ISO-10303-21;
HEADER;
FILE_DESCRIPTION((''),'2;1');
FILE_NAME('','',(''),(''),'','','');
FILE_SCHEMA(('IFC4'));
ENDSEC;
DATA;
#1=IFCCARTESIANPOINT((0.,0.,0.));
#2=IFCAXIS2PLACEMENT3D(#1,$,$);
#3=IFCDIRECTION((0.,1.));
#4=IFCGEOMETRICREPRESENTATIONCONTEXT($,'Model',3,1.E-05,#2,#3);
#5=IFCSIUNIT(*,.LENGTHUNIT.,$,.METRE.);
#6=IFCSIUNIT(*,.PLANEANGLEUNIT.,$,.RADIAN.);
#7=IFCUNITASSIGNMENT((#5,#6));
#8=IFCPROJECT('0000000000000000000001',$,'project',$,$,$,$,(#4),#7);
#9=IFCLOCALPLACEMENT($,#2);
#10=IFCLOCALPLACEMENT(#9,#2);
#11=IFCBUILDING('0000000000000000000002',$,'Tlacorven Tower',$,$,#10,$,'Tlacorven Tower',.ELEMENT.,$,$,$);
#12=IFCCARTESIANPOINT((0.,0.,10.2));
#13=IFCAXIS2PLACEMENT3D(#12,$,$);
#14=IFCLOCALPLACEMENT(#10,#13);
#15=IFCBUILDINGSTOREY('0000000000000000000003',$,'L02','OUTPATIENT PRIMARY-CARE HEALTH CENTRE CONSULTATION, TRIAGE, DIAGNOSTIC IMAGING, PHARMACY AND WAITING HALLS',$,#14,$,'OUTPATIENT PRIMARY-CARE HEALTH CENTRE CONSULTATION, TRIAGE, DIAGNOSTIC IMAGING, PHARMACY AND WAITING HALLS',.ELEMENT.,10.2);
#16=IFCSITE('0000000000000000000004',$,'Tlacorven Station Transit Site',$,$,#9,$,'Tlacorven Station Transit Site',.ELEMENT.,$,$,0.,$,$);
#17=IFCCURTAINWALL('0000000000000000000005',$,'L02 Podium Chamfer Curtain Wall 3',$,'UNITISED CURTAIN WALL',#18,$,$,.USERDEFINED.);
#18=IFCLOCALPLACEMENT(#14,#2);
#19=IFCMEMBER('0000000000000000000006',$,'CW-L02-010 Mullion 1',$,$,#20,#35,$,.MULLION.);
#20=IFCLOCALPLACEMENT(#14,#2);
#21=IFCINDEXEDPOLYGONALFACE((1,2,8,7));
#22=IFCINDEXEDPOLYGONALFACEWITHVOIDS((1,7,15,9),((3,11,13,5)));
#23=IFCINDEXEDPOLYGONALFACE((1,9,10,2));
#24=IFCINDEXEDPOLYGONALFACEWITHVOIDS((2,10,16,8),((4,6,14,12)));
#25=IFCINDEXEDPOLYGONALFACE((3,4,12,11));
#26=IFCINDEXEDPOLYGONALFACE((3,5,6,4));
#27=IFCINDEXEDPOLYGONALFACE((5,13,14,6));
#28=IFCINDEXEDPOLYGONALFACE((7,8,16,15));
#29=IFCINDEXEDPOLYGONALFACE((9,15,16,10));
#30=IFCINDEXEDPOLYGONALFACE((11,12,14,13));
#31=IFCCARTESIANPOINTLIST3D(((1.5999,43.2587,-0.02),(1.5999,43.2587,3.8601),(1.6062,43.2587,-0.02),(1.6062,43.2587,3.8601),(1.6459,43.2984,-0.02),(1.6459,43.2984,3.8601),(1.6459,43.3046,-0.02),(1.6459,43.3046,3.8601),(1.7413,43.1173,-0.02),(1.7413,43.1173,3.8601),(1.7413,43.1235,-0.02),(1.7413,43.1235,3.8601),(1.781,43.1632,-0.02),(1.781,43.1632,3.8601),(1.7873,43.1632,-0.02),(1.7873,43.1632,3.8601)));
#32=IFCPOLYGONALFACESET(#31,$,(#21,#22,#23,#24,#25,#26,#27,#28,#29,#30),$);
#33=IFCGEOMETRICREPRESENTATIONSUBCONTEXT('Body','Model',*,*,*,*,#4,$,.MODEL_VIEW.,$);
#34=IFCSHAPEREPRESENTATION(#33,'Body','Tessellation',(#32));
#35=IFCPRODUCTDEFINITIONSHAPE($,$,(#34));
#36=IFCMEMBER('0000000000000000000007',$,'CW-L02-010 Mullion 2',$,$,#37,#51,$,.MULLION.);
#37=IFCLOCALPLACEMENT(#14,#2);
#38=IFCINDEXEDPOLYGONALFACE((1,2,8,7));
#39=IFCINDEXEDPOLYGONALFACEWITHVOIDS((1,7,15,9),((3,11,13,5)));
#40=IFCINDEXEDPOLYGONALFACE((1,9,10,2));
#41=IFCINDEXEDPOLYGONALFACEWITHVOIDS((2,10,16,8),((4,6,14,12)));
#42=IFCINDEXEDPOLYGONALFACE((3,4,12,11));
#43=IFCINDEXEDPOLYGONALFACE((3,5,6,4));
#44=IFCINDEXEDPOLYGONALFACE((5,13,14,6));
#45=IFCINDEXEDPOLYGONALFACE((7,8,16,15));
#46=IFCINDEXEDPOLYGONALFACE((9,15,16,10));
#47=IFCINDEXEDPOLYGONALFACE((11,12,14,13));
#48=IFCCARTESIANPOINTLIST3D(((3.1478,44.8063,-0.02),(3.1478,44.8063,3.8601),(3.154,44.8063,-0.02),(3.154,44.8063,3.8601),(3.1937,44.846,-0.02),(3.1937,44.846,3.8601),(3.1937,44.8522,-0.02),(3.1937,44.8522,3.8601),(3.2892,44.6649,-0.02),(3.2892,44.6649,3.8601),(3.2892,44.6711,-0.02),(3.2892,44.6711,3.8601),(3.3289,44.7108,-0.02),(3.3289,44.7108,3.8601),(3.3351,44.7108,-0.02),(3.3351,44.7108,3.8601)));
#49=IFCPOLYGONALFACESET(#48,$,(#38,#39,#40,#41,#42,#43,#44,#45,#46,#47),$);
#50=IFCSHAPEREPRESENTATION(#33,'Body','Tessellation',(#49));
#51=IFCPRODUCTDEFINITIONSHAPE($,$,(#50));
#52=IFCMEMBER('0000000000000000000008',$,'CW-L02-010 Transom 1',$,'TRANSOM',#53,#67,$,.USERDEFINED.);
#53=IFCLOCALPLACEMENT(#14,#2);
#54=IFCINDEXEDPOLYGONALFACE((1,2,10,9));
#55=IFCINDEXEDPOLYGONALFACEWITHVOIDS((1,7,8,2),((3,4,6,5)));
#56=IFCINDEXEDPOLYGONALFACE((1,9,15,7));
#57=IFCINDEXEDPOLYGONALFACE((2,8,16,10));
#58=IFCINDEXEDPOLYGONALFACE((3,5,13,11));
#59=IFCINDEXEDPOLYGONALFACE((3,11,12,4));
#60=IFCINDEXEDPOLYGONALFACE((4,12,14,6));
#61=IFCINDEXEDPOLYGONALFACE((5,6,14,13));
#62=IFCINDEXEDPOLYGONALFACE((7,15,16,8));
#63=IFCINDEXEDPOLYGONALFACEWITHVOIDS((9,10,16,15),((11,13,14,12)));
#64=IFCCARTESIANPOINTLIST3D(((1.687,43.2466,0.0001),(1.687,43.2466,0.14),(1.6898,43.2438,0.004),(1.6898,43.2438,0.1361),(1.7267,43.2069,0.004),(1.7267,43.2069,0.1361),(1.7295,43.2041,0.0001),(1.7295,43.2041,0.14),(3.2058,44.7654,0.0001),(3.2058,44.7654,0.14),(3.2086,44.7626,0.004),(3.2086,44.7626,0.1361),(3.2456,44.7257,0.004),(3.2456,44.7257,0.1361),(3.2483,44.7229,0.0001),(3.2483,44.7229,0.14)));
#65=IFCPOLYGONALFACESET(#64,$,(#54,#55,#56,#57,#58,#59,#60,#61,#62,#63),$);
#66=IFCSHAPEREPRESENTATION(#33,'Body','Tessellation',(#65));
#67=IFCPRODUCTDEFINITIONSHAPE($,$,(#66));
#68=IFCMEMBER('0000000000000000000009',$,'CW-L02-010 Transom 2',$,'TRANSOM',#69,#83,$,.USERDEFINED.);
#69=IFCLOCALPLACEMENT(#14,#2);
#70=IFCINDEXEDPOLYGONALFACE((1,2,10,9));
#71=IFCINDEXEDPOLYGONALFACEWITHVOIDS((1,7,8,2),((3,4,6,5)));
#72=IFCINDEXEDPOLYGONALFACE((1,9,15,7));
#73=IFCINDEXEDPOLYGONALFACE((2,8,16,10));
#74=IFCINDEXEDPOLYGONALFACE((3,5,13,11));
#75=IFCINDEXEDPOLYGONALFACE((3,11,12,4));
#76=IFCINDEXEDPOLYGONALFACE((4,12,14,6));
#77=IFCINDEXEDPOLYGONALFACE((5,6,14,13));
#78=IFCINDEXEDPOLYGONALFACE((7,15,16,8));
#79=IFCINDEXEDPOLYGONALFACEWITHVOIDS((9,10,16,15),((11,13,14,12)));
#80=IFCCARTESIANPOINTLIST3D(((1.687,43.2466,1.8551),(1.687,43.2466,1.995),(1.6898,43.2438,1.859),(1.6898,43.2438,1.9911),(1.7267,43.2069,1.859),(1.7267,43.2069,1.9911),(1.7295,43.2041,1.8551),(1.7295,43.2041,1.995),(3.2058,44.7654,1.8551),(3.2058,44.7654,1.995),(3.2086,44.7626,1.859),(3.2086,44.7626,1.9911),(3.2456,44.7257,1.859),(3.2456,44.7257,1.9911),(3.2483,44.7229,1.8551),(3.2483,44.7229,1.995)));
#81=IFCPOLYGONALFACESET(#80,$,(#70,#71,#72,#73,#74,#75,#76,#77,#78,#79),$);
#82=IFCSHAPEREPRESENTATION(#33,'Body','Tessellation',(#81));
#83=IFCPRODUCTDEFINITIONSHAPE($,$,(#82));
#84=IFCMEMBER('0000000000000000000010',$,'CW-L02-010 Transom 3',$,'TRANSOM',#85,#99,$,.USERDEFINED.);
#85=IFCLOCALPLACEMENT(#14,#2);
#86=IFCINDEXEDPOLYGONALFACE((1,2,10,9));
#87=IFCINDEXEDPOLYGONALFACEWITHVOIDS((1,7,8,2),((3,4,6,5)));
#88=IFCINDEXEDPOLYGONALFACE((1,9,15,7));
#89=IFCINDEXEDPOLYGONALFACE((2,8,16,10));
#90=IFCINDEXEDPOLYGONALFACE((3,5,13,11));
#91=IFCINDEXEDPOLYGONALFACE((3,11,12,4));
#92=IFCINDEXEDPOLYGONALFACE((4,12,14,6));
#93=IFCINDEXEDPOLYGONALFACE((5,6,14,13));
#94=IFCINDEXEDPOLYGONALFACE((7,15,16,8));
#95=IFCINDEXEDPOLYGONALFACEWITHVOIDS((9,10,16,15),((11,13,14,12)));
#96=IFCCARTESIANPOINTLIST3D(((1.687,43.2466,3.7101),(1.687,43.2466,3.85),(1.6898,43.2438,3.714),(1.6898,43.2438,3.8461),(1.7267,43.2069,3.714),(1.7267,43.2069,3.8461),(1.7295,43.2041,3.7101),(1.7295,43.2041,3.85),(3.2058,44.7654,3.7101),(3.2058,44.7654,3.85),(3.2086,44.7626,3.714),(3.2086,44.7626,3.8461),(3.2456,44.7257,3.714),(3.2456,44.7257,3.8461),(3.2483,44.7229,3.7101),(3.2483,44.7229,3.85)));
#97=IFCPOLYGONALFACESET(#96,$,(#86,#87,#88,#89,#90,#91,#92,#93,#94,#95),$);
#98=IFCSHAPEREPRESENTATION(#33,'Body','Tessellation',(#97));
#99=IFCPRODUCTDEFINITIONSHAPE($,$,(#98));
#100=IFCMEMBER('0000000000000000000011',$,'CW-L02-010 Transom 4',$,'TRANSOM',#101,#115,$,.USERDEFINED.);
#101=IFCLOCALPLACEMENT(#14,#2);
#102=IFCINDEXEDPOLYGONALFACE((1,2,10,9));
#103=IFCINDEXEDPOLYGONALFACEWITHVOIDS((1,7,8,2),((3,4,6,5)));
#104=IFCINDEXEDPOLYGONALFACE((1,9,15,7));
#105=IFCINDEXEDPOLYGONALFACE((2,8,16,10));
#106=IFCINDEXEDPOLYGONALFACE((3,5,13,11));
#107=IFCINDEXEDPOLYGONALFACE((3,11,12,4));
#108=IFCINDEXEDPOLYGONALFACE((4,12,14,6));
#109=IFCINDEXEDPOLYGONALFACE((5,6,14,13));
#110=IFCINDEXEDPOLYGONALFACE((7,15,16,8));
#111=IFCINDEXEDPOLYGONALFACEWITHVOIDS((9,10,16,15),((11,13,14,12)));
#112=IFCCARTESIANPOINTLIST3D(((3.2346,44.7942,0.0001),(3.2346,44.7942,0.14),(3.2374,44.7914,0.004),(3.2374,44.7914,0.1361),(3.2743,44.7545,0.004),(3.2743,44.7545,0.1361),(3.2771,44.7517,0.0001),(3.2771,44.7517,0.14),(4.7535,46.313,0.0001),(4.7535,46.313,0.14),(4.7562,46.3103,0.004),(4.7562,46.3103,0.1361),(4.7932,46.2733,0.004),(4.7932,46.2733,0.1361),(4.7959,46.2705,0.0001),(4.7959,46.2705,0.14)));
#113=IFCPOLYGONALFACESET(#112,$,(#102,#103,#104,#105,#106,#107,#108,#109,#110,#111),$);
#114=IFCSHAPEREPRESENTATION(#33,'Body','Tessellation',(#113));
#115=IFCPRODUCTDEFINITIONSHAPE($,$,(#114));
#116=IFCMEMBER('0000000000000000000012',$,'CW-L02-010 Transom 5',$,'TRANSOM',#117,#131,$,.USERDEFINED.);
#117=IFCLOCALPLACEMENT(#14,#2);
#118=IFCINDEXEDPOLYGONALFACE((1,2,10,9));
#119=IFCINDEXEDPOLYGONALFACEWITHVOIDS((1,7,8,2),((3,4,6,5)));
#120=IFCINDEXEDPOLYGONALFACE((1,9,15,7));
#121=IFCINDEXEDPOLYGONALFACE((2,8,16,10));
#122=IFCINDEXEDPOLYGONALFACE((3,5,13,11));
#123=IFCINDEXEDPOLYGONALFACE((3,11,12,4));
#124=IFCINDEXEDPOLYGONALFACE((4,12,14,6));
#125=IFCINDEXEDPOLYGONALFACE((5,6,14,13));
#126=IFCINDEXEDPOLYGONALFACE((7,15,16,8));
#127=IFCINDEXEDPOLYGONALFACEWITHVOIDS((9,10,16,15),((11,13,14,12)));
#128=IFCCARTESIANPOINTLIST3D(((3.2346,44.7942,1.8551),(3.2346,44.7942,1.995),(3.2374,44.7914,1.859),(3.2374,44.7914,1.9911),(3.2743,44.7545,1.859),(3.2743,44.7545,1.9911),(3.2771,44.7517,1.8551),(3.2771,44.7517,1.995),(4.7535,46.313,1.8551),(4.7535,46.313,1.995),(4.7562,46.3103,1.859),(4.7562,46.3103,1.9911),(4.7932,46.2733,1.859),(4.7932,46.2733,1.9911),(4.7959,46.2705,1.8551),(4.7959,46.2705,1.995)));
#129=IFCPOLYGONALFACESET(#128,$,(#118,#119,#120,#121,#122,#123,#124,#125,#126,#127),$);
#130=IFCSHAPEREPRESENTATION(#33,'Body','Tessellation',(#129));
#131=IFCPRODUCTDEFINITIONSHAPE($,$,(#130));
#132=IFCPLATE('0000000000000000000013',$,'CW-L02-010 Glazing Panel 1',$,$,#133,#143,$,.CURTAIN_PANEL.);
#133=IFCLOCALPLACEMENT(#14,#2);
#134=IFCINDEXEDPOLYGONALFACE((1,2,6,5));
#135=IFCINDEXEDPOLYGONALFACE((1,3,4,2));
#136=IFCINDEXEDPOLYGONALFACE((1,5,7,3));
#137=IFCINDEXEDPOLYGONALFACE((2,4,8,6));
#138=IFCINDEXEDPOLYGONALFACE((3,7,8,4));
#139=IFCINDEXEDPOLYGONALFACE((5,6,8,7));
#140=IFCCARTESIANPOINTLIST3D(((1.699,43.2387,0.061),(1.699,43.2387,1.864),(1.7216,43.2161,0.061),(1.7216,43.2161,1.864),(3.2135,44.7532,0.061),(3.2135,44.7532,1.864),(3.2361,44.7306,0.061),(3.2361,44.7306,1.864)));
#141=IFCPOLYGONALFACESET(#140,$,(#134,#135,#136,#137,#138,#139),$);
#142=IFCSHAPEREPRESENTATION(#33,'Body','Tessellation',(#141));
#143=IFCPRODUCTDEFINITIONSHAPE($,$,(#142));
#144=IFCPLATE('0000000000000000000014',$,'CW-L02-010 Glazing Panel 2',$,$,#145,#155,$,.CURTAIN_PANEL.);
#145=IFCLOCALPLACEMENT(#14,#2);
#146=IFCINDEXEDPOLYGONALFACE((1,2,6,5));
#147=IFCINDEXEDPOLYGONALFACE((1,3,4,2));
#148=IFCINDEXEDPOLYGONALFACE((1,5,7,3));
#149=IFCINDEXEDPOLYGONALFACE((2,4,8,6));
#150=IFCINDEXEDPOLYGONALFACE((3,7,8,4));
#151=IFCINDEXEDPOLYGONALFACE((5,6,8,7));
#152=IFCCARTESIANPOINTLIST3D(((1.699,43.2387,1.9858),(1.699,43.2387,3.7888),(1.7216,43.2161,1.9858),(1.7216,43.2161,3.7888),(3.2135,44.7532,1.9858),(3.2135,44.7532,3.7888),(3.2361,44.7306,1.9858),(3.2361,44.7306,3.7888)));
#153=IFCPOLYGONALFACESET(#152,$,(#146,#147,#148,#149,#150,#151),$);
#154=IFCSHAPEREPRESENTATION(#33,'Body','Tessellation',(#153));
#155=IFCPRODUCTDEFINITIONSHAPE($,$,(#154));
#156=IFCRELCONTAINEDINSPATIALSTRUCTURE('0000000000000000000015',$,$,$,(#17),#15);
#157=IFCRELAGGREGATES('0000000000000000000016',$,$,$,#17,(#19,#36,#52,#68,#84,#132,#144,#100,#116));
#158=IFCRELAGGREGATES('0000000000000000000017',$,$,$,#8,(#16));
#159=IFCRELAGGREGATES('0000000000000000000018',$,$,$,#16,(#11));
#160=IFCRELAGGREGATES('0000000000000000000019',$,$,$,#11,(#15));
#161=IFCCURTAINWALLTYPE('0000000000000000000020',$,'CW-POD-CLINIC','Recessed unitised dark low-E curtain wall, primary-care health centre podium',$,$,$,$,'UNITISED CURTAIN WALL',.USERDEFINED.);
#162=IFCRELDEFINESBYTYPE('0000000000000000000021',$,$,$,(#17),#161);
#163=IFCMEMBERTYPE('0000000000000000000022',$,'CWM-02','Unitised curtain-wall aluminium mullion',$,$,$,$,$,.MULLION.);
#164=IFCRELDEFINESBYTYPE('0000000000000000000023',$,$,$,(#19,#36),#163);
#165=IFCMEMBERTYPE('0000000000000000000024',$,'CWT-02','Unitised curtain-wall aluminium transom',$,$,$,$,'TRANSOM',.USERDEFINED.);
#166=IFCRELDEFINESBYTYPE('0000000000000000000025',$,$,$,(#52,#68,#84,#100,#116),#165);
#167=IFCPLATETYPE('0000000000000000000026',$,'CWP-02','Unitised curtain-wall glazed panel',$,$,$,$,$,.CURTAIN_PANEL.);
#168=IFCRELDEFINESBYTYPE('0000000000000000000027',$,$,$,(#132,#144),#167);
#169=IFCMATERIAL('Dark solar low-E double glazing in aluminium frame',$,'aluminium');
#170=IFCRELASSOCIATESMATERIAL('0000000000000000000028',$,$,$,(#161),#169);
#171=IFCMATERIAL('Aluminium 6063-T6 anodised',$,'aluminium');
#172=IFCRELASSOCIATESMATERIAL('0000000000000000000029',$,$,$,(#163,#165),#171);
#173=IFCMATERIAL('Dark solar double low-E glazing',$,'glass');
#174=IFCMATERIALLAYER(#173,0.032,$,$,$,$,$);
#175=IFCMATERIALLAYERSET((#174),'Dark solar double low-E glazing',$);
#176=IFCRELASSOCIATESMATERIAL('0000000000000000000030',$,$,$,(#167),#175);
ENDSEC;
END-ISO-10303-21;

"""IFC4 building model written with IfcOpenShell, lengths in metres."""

from ifc_helpers import new_model, si_unit, direction, frame, origin, origin_2d, place, context, subcontext, project, spatial, rectangle, hollow_rectangle, extrude, source, transform, mapped, material, layer, layer_set, material_profile, profile_set, type_object, element, aggregate, save


model = new_model("IFC4")

# Units and contexts
model_context = context("Model", 3, precision=1e-05, world=origin(), true_north=direction((0.0, 1.0)))
body_context = subcontext(model_context, "Body", "Model", "MODEL_VIEW")
ifc_project = project(units=[si_unit("LENGTHUNIT", "METRE"), si_unit("PLANEANGLEUNIT", "RADIAN")], contexts=[model_context])

# Site, building, storey
site_placement = place(None, origin())
site = spatial("IfcSite", under=ifc_project, at=site_placement, Name="Tlacorven Station Transit Site", LongName="Tlacorven Station Transit Site", CompositionType="ELEMENT", RefElevation=0.0)
building_placement = place(site_placement, origin())
building = spatial("IfcBuilding", under=site, at=building_placement, Name="Tlacorven Tower", LongName="Tlacorven Tower", CompositionType="ELEMENT")
storey_placement = place(building_placement, frame((0.0, 0.0, 10.2)))
storey = spatial("IfcBuildingStorey", under=building, at=storey_placement, Name="L02", Description="OUTPATIENT PRIMARY-CARE HEALTH CENTRE CONSULTATION, TRIAGE, DIAGNOSTIC IMAGING, PHARMACY AND WAITING HALLS", LongName="OUTPATIENT PRIMARY-CARE HEALTH CENTRE CONSULTATION, TRIAGE, DIAGNOSTIC IMAGING, PHARMACY AND WAITING HALLS", CompositionType="ELEMENT", Elevation=10.2)

# Curtain wall, members, plates
ifc_material_1 = material(Name="Dark solar low-E double glazing in aluminium frame", Category="aluminium")
curtain_wall_type = type_object("IfcCurtainWallType", Name="CW-POD-CLINIC", Description="Recessed unitised dark low-E curtain wall, primary-care health centre podium", ElementType="UNITISED CURTAIN WALL", PredefinedType="USERDEFINED", material=ifc_material_1)
curtain_wall_placement = place(storey_placement, origin())
curtain_wall = element("IfcCurtainWall", 1, at=curtain_wall_placement, inside=storey, type_object=curtain_wall_type, Name="L02 Podium Chamfer Curtain Wall 3", ObjectType="UNITISED CURTAIN WALL", PredefinedType="USERDEFINED")
ifc_material_2 = material(Name="Aluminium 6063-T6 anodised", Category="aluminium")
ifc_material_profile_1 = material_profile(ifc_material_2, hollow_rectangle(XDim=0.0649, YDim=0.2, WallThickness=0.0044, at=origin_2d()), Name="ALU MULLION 65X200")
ifc_profile_set_1 = profile_set([ifc_material_profile_1], Name="Aluminium 6063-T6 anodised")
member_type_1 = type_object("IfcMemberType", Name="CWM-02", Description="Unitised curtain-wall aluminium mullion", PredefinedType="MULLION", material=ifc_profile_set_1)
shared_shape_1 = source(origin(), body_context, "Body", "SweptSolid", [
    extrude(hollow_rectangle(XDim=0.0649, YDim=0.2, WallThickness=0.0044, at=origin_2d()), origin(), (0.0, 0.0, 1.0), 3.8801),
])
member_1_placement = place(storey_placement, frame((1.6936, 43.2109, -0.02), z_axis=(0.0, 0.0, 1.0), x_axis=(0.707107, 0.707107, 0.0)))
member_1 = element("IfcMember", 2, at=member_1_placement, type_object=member_type_1, Name="CW-L02-010 Mullion 1", PredefinedType="MULLION", context=body_context, shape_type="MappedRepresentation", body=[
    mapped(shared_shape_1, transform((0.0, 0.0, 0.0), scale=1.0)),
])
member_2_placement = place(storey_placement, frame((3.2415, 44.7585, -0.02), z_axis=(0.0, 0.0, 1.0), x_axis=(0.707107, 0.707107, 0.0)))
member_2 = element("IfcMember", 3, at=member_2_placement, type_object=member_type_1, Name="CW-L02-010 Mullion 2", PredefinedType="MULLION", context=body_context, shape_type="MappedRepresentation", body=[
    mapped(shared_shape_1, transform((0.0, 0.0, 0.0), scale=1.0)),
])
ifc_material_profile_2 = material_profile(ifc_material_2, hollow_rectangle(XDim=0.0601, YDim=0.1399, WallThickness=0.0039, at=origin_2d()), Name="ALU TRANSOM 60X140")
ifc_profile_set_2 = profile_set([ifc_material_profile_2], Name="Aluminium 6063-T6 anodised")
member_type_2 = type_object("IfcMemberType", Name="CWT-02", Description="Unitised curtain-wall aluminium transom", ElementType="TRANSOM", PredefinedType="USERDEFINED", material=ifc_profile_set_2)
shared_shape_2 = source(origin(), body_context, "Body", "SweptSolid", [
    extrude(hollow_rectangle(XDim=0.0601, YDim=0.1399, WallThickness=0.0039, at=origin_2d()), origin(), (0.0, 0.0, 1.0), 2.1479),
])
member_3_placement = place(storey_placement, frame((1.7083, 43.2253, 0.0701), z_axis=(0.707107, 0.707107, 0.0), x_axis=(-0.707107, 0.707107, 0.0)))
member_3 = element("IfcMember", 4, at=member_3_placement, type_object=member_type_2, Name="CW-L02-010 Transom 1", ObjectType="TRANSOM", PredefinedType="USERDEFINED", context=body_context, shape_type="MappedRepresentation", body=[
    mapped(shared_shape_2, transform((0.0, 0.0, 0.0), scale=1.0)),
])
member_4_placement = place(storey_placement, frame((1.7083, 43.2253, 1.925), z_axis=(0.707107, 0.707107, 0.0), x_axis=(-0.707107, 0.707107, 0.0)))
member_4 = element("IfcMember", 5, at=member_4_placement, type_object=member_type_2, Name="CW-L02-010 Transom 2", ObjectType="TRANSOM", PredefinedType="USERDEFINED", context=body_context, shape_type="MappedRepresentation", body=[
    mapped(shared_shape_2, transform((0.0, 0.0, 0.0), scale=1.0)),
])
member_5_placement = place(storey_placement, frame((1.7083, 43.2253, 3.78), z_axis=(0.707107, 0.707107, 0.0), x_axis=(-0.707107, 0.707107, 0.0)))
member_5 = element("IfcMember", 6, at=member_5_placement, type_object=member_type_2, Name="CW-L02-010 Transom 3", ObjectType="TRANSOM", PredefinedType="USERDEFINED", context=body_context, shape_type="MappedRepresentation", body=[
    mapped(shared_shape_2, transform((0.0, 0.0, 0.0), scale=1.0)),
])
member_6_placement = place(storey_placement, frame((3.2559, 44.7729, 0.0701), z_axis=(0.707107, 0.707107, 0.0), x_axis=(-0.707107, 0.707107, 0.0)))
member_6 = element("IfcMember", 7, at=member_6_placement, type_object=member_type_2, Name="CW-L02-010 Transom 4", ObjectType="TRANSOM", PredefinedType="USERDEFINED", context=body_context, shape_type="MappedRepresentation", body=[
    mapped(shared_shape_2, transform((0.0, 0.0, 0.0), scale=1.0)),
])
member_7_placement = place(storey_placement, frame((3.2559, 44.7729, 1.925), z_axis=(0.707107, 0.707107, 0.0), x_axis=(-0.707107, 0.707107, 0.0)))
member_7 = element("IfcMember", 8, at=member_7_placement, type_object=member_type_2, Name="CW-L02-010 Transom 5", ObjectType="TRANSOM", PredefinedType="USERDEFINED", context=body_context, shape_type="MappedRepresentation", body=[
    mapped(shared_shape_2, transform((0.0, 0.0, 0.0), scale=1.0)),
])
ifc_material_3 = material(Name="Dark solar double low-E glazing", Category="glass")
ifc_layer = layer(ifc_material_3, 0.032)
ifc_layer_set = layer_set([ifc_layer], Name="Dark solar double low-E glazing")
plate_type = type_object("IfcPlateType", Name="CWP-02", Description="Unitised curtain-wall glazed panel", PredefinedType="CURTAIN_PANEL", material=ifc_layer_set)
shared_shape_3 = source(origin(), body_context, "Body", "SweptSolid", [
    extrude(rectangle(XDim=2.1418, YDim=0.032, at=origin_2d()), origin(), (0.0, 0.0, 1.0), 1.803),
])
plate_1_placement = place(storey_placement, frame((2.4675, 43.9846, 0.061), z_axis=(0.0, 0.0, 1.0), x_axis=(0.707107, 0.707107, 0.0)))
plate_1 = element("IfcPlate", 9, at=plate_1_placement, type_object=plate_type, Name="CW-L02-010 Glazing Panel 1", PredefinedType="CURTAIN_PANEL", context=body_context, shape_type="MappedRepresentation", body=[
    mapped(shared_shape_3, transform((0.0, 0.0, 0.0), scale=1.0)),
])
plate_2_placement = place(storey_placement, frame((2.4675, 43.9846, 1.9858), z_axis=(0.0, 0.0, 1.0), x_axis=(0.707107, 0.707107, 0.0)))
plate_2 = element("IfcPlate", 10, at=plate_2_placement, type_object=plate_type, Name="CW-L02-010 Glazing Panel 2", PredefinedType="CURTAIN_PANEL", context=body_context, shape_type="MappedRepresentation", body=[
    mapped(shared_shape_3, transform((0.0, 0.0, 0.0), scale=1.0)),
])
aggregate(curtain_wall, [member_1, member_2, member_3, member_4, member_5, plate_1, plate_2, member_6, member_7])

save(model, "model.ifc")
